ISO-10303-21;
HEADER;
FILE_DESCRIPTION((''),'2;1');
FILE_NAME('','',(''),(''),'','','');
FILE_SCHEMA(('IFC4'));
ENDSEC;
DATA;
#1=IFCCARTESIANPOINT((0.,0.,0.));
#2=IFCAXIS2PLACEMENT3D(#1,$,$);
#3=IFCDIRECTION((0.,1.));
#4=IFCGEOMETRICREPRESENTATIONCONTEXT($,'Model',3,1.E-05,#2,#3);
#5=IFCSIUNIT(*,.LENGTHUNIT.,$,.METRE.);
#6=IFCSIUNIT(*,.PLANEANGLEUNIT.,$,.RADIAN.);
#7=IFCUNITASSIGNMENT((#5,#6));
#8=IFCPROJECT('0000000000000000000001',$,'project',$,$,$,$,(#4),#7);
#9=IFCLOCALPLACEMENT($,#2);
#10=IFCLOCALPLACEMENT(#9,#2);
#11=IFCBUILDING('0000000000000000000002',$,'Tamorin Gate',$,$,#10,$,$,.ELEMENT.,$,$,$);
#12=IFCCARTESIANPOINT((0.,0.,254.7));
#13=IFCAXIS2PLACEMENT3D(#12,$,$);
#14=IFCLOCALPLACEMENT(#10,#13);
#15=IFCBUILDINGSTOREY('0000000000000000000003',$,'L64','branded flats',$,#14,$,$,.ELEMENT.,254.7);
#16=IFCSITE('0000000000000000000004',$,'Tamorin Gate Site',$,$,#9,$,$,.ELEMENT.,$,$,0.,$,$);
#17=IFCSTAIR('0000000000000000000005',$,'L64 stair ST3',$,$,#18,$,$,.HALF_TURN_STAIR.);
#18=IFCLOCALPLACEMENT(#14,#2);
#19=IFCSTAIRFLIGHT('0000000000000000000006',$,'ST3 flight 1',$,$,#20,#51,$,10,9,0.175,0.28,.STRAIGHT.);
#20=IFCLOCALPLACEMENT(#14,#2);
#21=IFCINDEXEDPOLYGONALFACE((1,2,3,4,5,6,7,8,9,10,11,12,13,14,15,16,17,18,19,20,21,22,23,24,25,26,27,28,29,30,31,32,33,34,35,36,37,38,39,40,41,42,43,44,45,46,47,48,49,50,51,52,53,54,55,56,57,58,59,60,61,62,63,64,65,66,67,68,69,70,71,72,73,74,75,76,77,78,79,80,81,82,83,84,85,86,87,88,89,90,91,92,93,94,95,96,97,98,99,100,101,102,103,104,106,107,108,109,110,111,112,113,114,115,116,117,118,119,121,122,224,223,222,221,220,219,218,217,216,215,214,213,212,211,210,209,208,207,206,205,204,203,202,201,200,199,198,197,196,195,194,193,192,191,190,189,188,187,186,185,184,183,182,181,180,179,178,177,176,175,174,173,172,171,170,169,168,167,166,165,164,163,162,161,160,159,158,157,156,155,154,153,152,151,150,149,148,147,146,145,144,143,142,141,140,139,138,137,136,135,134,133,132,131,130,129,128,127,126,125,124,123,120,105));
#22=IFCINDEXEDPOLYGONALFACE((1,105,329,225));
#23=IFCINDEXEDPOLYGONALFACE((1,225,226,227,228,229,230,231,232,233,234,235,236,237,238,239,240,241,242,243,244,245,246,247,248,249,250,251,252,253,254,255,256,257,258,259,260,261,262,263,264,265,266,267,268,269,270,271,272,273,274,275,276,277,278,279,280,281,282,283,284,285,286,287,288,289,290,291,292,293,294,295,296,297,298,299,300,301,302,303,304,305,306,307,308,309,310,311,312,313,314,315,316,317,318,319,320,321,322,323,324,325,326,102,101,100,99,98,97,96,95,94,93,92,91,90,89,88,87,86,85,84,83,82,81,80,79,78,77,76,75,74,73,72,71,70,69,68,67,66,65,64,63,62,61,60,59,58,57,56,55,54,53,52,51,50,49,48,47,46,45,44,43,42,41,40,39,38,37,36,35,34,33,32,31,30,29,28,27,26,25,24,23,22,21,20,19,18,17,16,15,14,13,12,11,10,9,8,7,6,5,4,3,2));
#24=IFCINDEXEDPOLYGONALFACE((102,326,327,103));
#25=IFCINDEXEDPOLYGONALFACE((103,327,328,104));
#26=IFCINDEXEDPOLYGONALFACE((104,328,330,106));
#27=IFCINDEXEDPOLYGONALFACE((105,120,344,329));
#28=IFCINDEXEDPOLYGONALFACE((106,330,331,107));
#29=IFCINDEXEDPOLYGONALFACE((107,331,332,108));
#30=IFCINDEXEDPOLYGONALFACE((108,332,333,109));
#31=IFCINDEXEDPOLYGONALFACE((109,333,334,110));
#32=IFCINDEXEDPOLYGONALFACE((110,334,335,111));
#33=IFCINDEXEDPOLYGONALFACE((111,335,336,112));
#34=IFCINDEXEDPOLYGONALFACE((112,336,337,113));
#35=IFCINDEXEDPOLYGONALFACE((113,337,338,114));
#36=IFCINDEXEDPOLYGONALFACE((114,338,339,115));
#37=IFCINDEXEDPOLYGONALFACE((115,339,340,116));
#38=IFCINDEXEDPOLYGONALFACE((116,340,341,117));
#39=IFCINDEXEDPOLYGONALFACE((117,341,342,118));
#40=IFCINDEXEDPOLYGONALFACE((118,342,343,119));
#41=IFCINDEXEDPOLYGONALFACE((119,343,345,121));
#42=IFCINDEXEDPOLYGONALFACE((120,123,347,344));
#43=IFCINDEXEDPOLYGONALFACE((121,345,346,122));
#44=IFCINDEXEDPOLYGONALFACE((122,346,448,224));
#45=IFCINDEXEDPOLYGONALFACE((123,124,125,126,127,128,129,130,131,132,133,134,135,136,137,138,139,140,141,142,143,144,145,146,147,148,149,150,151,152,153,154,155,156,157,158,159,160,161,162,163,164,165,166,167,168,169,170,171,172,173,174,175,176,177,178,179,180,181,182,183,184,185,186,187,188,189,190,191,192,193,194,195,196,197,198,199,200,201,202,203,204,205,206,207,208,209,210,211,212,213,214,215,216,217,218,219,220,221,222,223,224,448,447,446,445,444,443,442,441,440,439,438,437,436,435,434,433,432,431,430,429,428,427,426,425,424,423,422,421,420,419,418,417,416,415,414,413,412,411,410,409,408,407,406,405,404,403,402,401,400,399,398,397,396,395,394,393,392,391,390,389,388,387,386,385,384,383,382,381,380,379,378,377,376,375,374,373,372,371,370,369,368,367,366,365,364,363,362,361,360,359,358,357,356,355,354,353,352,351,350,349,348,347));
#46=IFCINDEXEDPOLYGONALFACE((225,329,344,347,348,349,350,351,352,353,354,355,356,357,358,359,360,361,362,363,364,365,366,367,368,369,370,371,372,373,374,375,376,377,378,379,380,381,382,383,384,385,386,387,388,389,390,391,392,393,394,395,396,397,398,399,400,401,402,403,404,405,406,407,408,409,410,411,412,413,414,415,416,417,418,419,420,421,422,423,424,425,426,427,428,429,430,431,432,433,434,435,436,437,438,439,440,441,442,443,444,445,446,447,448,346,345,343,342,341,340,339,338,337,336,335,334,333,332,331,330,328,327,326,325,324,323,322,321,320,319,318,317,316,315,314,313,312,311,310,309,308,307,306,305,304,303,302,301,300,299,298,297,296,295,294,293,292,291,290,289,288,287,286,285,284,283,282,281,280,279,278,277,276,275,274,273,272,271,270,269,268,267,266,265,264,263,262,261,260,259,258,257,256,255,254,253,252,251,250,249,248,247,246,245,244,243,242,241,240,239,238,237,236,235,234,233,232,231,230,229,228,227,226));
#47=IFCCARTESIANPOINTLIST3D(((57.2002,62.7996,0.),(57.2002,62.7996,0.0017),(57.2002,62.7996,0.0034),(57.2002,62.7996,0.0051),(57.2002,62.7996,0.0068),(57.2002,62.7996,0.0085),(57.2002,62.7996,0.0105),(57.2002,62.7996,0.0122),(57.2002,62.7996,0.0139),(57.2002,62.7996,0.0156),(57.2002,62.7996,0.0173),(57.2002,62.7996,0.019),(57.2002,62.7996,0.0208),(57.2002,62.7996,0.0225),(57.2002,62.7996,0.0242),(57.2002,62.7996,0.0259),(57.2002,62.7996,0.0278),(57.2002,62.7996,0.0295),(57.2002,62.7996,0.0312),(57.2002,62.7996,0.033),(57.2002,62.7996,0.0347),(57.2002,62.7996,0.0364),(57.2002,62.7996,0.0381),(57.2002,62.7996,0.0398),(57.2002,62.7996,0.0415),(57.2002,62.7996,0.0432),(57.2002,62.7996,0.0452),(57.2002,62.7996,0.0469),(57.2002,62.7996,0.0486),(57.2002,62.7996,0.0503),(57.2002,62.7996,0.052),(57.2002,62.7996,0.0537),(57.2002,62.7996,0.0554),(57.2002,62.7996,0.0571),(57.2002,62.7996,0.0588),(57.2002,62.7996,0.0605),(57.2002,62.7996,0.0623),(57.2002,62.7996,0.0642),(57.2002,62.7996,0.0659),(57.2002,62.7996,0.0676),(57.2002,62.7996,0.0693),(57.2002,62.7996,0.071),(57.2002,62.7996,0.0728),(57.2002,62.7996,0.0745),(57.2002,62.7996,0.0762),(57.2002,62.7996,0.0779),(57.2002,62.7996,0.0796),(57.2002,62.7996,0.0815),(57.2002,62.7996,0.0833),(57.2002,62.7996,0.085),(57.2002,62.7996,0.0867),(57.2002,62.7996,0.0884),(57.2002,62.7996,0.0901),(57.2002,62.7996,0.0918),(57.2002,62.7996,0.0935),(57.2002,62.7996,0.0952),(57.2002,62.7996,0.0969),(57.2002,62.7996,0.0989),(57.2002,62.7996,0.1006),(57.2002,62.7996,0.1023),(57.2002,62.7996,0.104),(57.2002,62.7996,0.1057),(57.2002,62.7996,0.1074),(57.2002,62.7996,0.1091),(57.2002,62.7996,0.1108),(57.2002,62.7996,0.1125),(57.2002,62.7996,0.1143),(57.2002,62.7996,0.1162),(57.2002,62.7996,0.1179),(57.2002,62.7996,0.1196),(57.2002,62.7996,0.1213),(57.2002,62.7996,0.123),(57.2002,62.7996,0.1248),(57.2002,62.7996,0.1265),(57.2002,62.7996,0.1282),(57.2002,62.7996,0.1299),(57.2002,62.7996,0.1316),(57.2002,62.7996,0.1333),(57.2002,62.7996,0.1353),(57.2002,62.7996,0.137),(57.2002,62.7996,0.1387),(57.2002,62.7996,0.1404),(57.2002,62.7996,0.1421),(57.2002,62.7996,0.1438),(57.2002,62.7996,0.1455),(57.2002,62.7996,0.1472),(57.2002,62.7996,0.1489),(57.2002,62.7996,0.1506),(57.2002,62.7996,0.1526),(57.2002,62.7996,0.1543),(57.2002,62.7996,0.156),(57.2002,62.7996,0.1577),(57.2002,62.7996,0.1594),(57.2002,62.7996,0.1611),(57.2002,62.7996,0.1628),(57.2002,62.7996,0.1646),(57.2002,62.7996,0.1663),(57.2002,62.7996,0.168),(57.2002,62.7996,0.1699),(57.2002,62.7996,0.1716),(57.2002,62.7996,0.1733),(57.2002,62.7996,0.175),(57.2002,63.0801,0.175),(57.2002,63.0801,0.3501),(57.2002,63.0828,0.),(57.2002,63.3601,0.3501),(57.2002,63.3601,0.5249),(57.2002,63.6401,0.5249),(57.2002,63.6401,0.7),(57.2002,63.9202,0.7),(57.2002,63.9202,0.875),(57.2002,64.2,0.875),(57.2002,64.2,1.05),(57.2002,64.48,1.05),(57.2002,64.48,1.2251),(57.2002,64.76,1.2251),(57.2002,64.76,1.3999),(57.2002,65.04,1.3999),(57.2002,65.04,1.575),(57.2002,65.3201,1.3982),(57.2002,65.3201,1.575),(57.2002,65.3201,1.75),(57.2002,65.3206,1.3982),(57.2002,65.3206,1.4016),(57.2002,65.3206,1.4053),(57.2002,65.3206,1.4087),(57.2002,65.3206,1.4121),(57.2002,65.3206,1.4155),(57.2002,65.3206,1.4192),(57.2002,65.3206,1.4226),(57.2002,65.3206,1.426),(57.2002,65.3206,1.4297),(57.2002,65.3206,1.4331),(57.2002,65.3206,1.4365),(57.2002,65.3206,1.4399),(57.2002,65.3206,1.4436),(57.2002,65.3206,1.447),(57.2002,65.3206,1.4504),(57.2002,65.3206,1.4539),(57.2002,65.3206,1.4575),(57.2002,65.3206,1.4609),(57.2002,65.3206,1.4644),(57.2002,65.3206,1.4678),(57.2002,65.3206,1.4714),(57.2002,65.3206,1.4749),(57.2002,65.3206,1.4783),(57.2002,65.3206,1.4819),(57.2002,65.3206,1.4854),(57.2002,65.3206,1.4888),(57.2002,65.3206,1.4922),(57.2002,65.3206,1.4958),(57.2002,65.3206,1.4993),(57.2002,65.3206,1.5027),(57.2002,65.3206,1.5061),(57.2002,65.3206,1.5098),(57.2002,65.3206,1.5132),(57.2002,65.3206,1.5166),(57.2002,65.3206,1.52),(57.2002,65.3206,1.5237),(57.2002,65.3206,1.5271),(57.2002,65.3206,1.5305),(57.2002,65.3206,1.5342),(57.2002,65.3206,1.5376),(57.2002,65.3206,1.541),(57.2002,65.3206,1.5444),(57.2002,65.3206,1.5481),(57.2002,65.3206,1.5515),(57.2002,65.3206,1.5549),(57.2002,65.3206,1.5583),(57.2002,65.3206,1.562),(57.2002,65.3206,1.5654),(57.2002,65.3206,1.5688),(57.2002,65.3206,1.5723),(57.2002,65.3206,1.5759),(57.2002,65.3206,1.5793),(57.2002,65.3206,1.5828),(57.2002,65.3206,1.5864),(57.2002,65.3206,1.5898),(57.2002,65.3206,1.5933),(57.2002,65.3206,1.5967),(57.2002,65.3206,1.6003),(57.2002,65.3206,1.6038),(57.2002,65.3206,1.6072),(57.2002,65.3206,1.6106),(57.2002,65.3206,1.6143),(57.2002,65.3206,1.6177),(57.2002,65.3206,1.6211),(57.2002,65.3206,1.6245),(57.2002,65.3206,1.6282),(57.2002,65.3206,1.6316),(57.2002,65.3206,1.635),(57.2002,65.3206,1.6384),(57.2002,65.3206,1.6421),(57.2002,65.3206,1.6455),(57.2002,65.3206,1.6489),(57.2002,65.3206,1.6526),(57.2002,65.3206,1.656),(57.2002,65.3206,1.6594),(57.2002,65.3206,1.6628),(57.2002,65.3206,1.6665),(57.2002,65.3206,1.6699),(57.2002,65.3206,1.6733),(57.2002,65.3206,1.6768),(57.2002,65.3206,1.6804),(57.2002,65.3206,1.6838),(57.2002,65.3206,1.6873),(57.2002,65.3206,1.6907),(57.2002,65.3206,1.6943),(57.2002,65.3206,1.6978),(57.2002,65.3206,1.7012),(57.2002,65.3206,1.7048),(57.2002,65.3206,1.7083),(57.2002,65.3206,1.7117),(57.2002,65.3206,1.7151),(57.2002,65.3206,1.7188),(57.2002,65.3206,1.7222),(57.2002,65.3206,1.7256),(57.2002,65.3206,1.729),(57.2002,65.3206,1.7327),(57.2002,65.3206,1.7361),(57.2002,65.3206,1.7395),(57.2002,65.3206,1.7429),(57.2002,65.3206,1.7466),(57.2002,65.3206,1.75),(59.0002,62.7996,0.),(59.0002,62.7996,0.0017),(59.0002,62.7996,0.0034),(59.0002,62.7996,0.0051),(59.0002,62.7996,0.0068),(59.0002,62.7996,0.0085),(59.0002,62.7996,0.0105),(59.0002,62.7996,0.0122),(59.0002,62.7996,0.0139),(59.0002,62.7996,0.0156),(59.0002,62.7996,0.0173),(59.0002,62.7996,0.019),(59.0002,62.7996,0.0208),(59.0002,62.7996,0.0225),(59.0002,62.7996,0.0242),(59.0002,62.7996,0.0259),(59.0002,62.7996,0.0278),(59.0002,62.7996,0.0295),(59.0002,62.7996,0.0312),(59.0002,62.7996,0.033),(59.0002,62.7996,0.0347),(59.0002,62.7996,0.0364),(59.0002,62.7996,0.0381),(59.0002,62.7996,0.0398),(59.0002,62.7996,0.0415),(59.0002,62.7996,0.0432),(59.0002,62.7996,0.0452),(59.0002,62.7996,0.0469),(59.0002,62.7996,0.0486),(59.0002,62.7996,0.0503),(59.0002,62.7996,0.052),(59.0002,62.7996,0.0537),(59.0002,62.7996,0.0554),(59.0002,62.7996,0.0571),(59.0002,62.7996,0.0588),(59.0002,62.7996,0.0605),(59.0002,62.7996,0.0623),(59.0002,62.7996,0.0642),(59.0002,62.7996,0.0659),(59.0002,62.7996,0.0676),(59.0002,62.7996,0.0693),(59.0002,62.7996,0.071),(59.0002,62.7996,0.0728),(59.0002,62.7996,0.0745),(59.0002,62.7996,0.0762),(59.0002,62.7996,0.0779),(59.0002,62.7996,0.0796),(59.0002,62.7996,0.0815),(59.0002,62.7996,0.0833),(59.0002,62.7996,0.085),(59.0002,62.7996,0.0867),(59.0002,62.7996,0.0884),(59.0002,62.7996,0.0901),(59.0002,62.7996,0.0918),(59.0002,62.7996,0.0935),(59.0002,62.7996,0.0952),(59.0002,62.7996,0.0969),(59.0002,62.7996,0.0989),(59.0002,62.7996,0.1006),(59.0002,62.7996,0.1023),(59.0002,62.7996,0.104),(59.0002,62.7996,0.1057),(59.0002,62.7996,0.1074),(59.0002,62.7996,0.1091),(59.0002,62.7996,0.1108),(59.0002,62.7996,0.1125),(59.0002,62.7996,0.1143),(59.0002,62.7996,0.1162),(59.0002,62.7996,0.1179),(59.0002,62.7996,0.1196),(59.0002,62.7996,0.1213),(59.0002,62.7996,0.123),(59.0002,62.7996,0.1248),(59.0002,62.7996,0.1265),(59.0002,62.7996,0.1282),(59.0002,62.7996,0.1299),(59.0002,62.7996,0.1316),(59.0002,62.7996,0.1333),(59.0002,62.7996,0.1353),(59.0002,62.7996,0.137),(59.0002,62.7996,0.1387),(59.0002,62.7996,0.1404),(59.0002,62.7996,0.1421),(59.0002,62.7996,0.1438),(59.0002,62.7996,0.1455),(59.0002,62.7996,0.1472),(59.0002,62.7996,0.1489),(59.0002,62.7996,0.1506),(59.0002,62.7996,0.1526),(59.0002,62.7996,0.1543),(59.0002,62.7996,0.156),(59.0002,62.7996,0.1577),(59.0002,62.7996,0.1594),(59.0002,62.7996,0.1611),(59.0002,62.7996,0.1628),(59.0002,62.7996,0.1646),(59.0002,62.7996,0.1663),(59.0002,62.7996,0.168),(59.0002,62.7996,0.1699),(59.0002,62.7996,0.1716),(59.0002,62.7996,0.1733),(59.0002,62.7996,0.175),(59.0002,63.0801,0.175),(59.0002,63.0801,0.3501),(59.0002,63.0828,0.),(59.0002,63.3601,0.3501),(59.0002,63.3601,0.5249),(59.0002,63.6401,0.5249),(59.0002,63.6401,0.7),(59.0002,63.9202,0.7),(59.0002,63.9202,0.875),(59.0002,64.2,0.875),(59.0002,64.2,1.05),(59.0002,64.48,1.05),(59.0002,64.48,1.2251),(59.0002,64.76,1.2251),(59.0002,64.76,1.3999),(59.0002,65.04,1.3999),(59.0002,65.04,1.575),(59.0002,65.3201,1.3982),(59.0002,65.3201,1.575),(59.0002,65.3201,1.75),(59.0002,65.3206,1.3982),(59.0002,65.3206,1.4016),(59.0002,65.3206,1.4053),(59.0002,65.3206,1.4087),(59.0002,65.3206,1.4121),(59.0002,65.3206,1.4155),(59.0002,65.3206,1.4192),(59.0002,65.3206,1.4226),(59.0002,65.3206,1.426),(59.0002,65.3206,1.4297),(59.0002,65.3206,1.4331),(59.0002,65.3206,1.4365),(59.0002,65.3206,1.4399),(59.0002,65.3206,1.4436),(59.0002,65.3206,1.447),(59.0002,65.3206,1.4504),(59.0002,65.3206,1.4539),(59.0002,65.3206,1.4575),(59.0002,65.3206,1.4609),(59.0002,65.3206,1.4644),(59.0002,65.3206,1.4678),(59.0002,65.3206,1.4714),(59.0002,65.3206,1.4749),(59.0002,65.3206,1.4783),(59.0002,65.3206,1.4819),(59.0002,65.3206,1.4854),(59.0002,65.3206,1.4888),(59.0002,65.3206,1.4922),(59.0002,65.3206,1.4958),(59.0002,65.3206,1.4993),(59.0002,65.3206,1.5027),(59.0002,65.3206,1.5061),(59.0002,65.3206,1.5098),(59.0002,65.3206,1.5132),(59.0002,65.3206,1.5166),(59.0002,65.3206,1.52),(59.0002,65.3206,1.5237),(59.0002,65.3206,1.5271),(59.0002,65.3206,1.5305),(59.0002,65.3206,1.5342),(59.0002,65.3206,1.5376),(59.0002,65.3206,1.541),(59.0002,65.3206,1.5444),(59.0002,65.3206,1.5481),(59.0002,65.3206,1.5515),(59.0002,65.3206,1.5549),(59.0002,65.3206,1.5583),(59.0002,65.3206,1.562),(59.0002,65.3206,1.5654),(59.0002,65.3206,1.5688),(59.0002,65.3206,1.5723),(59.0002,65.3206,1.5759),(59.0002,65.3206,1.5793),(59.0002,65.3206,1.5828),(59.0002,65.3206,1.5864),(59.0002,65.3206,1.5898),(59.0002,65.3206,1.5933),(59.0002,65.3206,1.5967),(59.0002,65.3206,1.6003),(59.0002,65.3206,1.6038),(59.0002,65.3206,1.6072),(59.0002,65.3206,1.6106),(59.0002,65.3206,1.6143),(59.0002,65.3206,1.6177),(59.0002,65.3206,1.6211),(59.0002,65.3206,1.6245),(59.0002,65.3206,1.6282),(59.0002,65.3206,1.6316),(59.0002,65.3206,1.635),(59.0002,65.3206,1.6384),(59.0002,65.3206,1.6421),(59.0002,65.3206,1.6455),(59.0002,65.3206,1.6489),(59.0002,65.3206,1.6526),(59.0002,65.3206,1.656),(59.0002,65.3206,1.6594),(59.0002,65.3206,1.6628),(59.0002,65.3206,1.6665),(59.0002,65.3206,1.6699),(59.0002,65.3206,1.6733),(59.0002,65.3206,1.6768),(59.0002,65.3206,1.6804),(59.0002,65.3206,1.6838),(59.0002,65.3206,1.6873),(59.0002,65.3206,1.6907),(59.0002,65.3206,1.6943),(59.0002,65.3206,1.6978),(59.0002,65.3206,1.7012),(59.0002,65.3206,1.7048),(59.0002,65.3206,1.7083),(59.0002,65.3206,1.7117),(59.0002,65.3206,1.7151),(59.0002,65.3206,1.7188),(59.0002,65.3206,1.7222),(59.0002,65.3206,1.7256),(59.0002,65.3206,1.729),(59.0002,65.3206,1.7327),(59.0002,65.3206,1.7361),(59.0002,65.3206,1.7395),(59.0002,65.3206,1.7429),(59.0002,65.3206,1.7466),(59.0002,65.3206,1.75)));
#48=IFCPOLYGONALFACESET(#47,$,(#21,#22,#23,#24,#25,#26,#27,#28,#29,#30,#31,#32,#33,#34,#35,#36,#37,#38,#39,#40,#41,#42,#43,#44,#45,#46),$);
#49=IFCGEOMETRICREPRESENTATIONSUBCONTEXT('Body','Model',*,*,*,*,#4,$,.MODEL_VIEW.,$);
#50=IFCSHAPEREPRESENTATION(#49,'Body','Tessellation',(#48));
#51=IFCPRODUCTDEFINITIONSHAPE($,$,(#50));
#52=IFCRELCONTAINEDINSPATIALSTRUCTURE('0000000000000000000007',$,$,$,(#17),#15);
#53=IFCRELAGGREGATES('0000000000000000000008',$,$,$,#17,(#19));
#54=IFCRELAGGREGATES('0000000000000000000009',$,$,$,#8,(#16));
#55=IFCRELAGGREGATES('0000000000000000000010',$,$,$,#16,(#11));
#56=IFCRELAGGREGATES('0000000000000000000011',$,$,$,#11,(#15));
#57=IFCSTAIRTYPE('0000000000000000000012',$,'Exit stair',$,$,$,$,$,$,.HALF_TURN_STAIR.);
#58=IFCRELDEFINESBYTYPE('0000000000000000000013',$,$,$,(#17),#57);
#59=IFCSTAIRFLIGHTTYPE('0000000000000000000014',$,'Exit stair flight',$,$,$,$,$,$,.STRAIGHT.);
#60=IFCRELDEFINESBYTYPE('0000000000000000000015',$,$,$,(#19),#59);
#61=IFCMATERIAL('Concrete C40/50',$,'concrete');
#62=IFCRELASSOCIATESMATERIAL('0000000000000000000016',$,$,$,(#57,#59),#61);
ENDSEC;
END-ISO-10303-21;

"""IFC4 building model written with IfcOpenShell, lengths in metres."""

from ifc_helpers import new_model, si_unit, direction, frame, origin, place, context, subcontext, project, spatial, polyline, outline, extrude, material, type_object, element, aggregate, save


model = new_model("IFC4")

# Units and contexts
model_context = context("Model", 3, precision=1e-05, world=origin(), true_north=direction((0.0, 1.0)))
body_context = subcontext(model_context, "Body", "Model", "MODEL_VIEW")
ifc_project = project(units=[si_unit("LENGTHUNIT", "METRE"), si_unit("PLANEANGLEUNIT", "RADIAN")], contexts=[model_context])

# Site, building, storey
site_placement = place(None, origin())
site = spatial("IfcSite", under=ifc_project, at=site_placement, Name="Tamorin Gate Site", CompositionType="ELEMENT", RefElevation=0.0)
building_placement = place(site_placement, origin())
building = spatial("IfcBuilding", under=site, at=building_placement, Name="Tamorin Gate", CompositionType="ELEMENT")
storey_placement = place(building_placement, frame((0.0, 0.0, 254.7)))
storey = spatial("IfcBuildingStorey", under=building, at=storey_placement, Name="L64", Description="branded flats", CompositionType="ELEMENT", Elevation=254.7)

# Shared definitions
ifc_material_1 = material(Name="Concrete C40/50", Category="concrete")

# Stair, stair flight
stair_type = type_object("IfcStairType", Name="Exit stair", PredefinedType="HALF_TURN_STAIR", material=ifc_material_1)
stair_placement = place(storey_placement, origin())
stair = element("IfcStair", 1, at=stair_placement, inside=storey, type_object=stair_type, Name="L64 stair ST3", PredefinedType="HALF_TURN_STAIR")
stair_flight_type = type_object("IfcStairFlightType", Name="Exit stair flight", PredefinedType="STRAIGHT", material=ifc_material_1)
stair_flight_1_placement = place(storey_placement, frame((58.1001, 62.8, 0.0), z_axis=(0.0, 0.0, 1.0), x_axis=(0.0, 1.0, 0.0)))
stair_flight_1 = element("IfcStairFlight", 2, at=stair_flight_1_placement, type_object=stair_flight_type, Name="ST3 flight 1", NumberOfRisers=10, NumberOfTreads=9, PredefinedType="STRAIGHT", RiserHeight=0.175, TreadLength=0.28, context=body_context, shape_type="SweptSolid", body=[
    extrude(outline(polyline([(-0.0005, 0.0), (-0.0005, 0.0017), (-0.0005, 0.0034), (-0.0005, 0.0051), (-0.0005, 0.0068), (-0.0005, 0.0085), (-0.0005, 0.0105), (-0.0005, 0.0122), (-0.0005, 0.0139), (-0.0005, 0.0156), (-0.0005, 0.0173), (-0.0005, 0.019), (-0.0005, 0.0208), (-0.0005, 0.0225), (-0.0005, 0.0242), (-0.0005, 0.0259), (-0.0005, 0.0278), (-0.0005, 0.0295), (-0.0005, 0.0312), (-0.0005, 0.033), (-0.0005, 0.0347), (-0.0005, 0.0364), (-0.0005, 0.0381), (-0.0005, 0.0398), (-0.0005, 0.0415), (-0.0005, 0.0432), (-0.0005, 0.0452), (-0.0005, 0.0469), (-0.0005, 0.0486), (-0.0005, 0.0503), (-0.0005, 0.052), (-0.0005, 0.0537), (-0.0005, 0.0554), (-0.0005, 0.0571), (-0.0005, 0.0588), (-0.0005, 0.0605), (-0.0005, 0.0623), (-0.0005, 0.0642), (-0.0005, 0.0659), (-0.0005, 0.0676), (-0.0005, 0.0693), (-0.0005, 0.071), (-0.0005, 0.0728), (-0.0005, 0.0745), (-0.0005, 0.0762), (-0.0005, 0.0779), (-0.0005, 0.0796), (-0.0005, 0.0815), (-0.0005, 0.0833), (-0.0005, 0.085), (-0.0005, 0.0867), (-0.0005, 0.0884), (-0.0005, 0.0901), (-0.0005, 0.0918), (-0.0005, 0.0935), (-0.0005, 0.0952), (-0.0005, 0.0969), (-0.0005, 0.0989), (-0.0005, 0.1006), (-0.0005, 0.1023), (-0.0005, 0.104), (-0.0005, 0.1057), (-0.0005, 0.1074), (-0.0005, 0.1091), (-0.0005, 0.1108), (-0.0005, 0.1125), (-0.0005, 0.1143), (-0.0005, 0.1162), (-0.0005, 0.1179), (-0.0005, 0.1196), (-0.0005, 0.1213), (-0.0005, 0.123), (-0.0005, 0.1248), (-0.0005, 0.1265), (-0.0005, 0.1282), (-0.0005, 0.1299), (-0.0005, 0.1316), (-0.0005, 0.1333), (-0.0005, 0.1353), (-0.0005, 0.137), (-0.0005, 0.1387), (-0.0005, 0.1404), (-0.0005, 0.1421), (-0.0005, 0.1438), (-0.0005, 0.1455), (-0.0005, 0.1472), (-0.0005, 0.1489), (-0.0005, 0.1506), (-0.0005, 0.1526), (-0.0005, 0.1543), (-0.0005, 0.156), (-0.0005, 0.1577), (-0.0005, 0.1594), (-0.0005, 0.1611), (-0.0005, 0.1628), (-0.0005, 0.1646), (-0.0005, 0.1663), (-0.0005, 0.168), (-0.0005, 0.1699), (-0.0005, 0.1716), (-0.0005, 0.1733), (-0.0005, 0.175), (0.28, 0.175), (0.28, 0.3501), (0.5601, 0.3501), (0.5601, 0.5249), (0.8401, 0.5249), (0.8401, 0.7), (1.1201, 0.7), (1.1201, 0.875), (1.3999, 0.875), (1.3999, 1.05), (1.6799, 1.05), (1.6799, 1.2251), (1.96, 1.2251), (1.96, 1.3999), (2.24, 1.3999), (2.24, 1.575), (2.52, 1.575), (2.52, 1.75), (2.5205, 1.75), (2.5205, 1.7466), (2.5205, 1.7429), (2.5205, 1.7395), (2.5205, 1.7361), (2.5205, 1.7327), (2.5205, 1.729), (2.5205, 1.7256), (2.5205, 1.7222), (2.5205, 1.7188), (2.5205, 1.7151), (2.5205, 1.7117), (2.5205, 1.7083), (2.5205, 1.7048), (2.5205, 1.7012), (2.5205, 1.6978), (2.5205, 1.6943), (2.5205, 1.6907), (2.5205, 1.6873), (2.5205, 1.6838), (2.5205, 1.6804), (2.5205, 1.6768), (2.5205, 1.6733), (2.5205, 1.6699), (2.5205, 1.6665), (2.5205, 1.6628), (2.5205, 1.6594), (2.5205, 1.656), (2.5205, 1.6526), (2.5205, 1.6489), (2.5205, 1.6455), (2.5205, 1.6421), (2.5205, 1.6384), (2.5205, 1.635), (2.5205, 1.6316), (2.5205, 1.6282), (2.5205, 1.6245), (2.5205, 1.6211), (2.5205, 1.6177), (2.5205, 1.6143), (2.5205, 1.6106), (2.5205, 1.6072), (2.5205, 1.6038), (2.5205, 1.6003), (2.5205, 1.5967), (2.5205, 1.5933), (2.5205, 1.5898), (2.5205, 1.5864), (2.5205, 1.5828), (2.5205, 1.5793), (2.5205, 1.5759), (2.5205, 1.5723), (2.5205, 1.5688), (2.5205, 1.5654), (2.5205, 1.562), (2.5205, 1.5583), (2.5205, 1.5549), (2.5205, 1.5515), (2.5205, 1.5481), (2.5205, 1.5444), (2.5205, 1.541), (2.5205, 1.5376), (2.5205, 1.5342), (2.5205, 1.5305), (2.5205, 1.5271), (2.5205, 1.5237), (2.5205, 1.52), (2.5205, 1.5166), (2.5205, 1.5132), (2.5205, 1.5098), (2.5205, 1.5061), (2.5205, 1.5027), (2.5205, 1.4993), (2.5205, 1.4958), (2.5205, 1.4922), (2.5205, 1.4888), (2.5205, 1.4854), (2.5205, 1.4819), (2.5205, 1.4783), (2.5205, 1.4749), (2.5205, 1.4714), (2.5205, 1.4678), (2.5205, 1.4644), (2.5205, 1.4609), (2.5205, 1.4575), (2.5205, 1.4539), (2.5205, 1.4504), (2.5205, 1.447), (2.5205, 1.4436), (2.5205, 1.4399), (2.5205, 1.4365), (2.5205, 1.4331), (2.5205, 1.4297), (2.5205, 1.426), (2.5205, 1.4226), (2.5205, 1.4192), (2.5205, 1.4155), (2.5205, 1.4121), (2.5205, 1.4087), (2.5205, 1.4053), (2.5205, 1.4016), (2.5205, 1.3982), (2.52, 1.3982), (0.2827, 0.0), (-0.0005, 0.0)])), frame((0.0, 0.8999, 0.0), z_axis=(0.0, -1.0, 0.0), x_axis=(1.0, 0.0, 0.0)), (0.0, 0.0, 1.0), 1.8),
])
aggregate(stair, [stair_flight_1])

save(model, "model.ifc")
